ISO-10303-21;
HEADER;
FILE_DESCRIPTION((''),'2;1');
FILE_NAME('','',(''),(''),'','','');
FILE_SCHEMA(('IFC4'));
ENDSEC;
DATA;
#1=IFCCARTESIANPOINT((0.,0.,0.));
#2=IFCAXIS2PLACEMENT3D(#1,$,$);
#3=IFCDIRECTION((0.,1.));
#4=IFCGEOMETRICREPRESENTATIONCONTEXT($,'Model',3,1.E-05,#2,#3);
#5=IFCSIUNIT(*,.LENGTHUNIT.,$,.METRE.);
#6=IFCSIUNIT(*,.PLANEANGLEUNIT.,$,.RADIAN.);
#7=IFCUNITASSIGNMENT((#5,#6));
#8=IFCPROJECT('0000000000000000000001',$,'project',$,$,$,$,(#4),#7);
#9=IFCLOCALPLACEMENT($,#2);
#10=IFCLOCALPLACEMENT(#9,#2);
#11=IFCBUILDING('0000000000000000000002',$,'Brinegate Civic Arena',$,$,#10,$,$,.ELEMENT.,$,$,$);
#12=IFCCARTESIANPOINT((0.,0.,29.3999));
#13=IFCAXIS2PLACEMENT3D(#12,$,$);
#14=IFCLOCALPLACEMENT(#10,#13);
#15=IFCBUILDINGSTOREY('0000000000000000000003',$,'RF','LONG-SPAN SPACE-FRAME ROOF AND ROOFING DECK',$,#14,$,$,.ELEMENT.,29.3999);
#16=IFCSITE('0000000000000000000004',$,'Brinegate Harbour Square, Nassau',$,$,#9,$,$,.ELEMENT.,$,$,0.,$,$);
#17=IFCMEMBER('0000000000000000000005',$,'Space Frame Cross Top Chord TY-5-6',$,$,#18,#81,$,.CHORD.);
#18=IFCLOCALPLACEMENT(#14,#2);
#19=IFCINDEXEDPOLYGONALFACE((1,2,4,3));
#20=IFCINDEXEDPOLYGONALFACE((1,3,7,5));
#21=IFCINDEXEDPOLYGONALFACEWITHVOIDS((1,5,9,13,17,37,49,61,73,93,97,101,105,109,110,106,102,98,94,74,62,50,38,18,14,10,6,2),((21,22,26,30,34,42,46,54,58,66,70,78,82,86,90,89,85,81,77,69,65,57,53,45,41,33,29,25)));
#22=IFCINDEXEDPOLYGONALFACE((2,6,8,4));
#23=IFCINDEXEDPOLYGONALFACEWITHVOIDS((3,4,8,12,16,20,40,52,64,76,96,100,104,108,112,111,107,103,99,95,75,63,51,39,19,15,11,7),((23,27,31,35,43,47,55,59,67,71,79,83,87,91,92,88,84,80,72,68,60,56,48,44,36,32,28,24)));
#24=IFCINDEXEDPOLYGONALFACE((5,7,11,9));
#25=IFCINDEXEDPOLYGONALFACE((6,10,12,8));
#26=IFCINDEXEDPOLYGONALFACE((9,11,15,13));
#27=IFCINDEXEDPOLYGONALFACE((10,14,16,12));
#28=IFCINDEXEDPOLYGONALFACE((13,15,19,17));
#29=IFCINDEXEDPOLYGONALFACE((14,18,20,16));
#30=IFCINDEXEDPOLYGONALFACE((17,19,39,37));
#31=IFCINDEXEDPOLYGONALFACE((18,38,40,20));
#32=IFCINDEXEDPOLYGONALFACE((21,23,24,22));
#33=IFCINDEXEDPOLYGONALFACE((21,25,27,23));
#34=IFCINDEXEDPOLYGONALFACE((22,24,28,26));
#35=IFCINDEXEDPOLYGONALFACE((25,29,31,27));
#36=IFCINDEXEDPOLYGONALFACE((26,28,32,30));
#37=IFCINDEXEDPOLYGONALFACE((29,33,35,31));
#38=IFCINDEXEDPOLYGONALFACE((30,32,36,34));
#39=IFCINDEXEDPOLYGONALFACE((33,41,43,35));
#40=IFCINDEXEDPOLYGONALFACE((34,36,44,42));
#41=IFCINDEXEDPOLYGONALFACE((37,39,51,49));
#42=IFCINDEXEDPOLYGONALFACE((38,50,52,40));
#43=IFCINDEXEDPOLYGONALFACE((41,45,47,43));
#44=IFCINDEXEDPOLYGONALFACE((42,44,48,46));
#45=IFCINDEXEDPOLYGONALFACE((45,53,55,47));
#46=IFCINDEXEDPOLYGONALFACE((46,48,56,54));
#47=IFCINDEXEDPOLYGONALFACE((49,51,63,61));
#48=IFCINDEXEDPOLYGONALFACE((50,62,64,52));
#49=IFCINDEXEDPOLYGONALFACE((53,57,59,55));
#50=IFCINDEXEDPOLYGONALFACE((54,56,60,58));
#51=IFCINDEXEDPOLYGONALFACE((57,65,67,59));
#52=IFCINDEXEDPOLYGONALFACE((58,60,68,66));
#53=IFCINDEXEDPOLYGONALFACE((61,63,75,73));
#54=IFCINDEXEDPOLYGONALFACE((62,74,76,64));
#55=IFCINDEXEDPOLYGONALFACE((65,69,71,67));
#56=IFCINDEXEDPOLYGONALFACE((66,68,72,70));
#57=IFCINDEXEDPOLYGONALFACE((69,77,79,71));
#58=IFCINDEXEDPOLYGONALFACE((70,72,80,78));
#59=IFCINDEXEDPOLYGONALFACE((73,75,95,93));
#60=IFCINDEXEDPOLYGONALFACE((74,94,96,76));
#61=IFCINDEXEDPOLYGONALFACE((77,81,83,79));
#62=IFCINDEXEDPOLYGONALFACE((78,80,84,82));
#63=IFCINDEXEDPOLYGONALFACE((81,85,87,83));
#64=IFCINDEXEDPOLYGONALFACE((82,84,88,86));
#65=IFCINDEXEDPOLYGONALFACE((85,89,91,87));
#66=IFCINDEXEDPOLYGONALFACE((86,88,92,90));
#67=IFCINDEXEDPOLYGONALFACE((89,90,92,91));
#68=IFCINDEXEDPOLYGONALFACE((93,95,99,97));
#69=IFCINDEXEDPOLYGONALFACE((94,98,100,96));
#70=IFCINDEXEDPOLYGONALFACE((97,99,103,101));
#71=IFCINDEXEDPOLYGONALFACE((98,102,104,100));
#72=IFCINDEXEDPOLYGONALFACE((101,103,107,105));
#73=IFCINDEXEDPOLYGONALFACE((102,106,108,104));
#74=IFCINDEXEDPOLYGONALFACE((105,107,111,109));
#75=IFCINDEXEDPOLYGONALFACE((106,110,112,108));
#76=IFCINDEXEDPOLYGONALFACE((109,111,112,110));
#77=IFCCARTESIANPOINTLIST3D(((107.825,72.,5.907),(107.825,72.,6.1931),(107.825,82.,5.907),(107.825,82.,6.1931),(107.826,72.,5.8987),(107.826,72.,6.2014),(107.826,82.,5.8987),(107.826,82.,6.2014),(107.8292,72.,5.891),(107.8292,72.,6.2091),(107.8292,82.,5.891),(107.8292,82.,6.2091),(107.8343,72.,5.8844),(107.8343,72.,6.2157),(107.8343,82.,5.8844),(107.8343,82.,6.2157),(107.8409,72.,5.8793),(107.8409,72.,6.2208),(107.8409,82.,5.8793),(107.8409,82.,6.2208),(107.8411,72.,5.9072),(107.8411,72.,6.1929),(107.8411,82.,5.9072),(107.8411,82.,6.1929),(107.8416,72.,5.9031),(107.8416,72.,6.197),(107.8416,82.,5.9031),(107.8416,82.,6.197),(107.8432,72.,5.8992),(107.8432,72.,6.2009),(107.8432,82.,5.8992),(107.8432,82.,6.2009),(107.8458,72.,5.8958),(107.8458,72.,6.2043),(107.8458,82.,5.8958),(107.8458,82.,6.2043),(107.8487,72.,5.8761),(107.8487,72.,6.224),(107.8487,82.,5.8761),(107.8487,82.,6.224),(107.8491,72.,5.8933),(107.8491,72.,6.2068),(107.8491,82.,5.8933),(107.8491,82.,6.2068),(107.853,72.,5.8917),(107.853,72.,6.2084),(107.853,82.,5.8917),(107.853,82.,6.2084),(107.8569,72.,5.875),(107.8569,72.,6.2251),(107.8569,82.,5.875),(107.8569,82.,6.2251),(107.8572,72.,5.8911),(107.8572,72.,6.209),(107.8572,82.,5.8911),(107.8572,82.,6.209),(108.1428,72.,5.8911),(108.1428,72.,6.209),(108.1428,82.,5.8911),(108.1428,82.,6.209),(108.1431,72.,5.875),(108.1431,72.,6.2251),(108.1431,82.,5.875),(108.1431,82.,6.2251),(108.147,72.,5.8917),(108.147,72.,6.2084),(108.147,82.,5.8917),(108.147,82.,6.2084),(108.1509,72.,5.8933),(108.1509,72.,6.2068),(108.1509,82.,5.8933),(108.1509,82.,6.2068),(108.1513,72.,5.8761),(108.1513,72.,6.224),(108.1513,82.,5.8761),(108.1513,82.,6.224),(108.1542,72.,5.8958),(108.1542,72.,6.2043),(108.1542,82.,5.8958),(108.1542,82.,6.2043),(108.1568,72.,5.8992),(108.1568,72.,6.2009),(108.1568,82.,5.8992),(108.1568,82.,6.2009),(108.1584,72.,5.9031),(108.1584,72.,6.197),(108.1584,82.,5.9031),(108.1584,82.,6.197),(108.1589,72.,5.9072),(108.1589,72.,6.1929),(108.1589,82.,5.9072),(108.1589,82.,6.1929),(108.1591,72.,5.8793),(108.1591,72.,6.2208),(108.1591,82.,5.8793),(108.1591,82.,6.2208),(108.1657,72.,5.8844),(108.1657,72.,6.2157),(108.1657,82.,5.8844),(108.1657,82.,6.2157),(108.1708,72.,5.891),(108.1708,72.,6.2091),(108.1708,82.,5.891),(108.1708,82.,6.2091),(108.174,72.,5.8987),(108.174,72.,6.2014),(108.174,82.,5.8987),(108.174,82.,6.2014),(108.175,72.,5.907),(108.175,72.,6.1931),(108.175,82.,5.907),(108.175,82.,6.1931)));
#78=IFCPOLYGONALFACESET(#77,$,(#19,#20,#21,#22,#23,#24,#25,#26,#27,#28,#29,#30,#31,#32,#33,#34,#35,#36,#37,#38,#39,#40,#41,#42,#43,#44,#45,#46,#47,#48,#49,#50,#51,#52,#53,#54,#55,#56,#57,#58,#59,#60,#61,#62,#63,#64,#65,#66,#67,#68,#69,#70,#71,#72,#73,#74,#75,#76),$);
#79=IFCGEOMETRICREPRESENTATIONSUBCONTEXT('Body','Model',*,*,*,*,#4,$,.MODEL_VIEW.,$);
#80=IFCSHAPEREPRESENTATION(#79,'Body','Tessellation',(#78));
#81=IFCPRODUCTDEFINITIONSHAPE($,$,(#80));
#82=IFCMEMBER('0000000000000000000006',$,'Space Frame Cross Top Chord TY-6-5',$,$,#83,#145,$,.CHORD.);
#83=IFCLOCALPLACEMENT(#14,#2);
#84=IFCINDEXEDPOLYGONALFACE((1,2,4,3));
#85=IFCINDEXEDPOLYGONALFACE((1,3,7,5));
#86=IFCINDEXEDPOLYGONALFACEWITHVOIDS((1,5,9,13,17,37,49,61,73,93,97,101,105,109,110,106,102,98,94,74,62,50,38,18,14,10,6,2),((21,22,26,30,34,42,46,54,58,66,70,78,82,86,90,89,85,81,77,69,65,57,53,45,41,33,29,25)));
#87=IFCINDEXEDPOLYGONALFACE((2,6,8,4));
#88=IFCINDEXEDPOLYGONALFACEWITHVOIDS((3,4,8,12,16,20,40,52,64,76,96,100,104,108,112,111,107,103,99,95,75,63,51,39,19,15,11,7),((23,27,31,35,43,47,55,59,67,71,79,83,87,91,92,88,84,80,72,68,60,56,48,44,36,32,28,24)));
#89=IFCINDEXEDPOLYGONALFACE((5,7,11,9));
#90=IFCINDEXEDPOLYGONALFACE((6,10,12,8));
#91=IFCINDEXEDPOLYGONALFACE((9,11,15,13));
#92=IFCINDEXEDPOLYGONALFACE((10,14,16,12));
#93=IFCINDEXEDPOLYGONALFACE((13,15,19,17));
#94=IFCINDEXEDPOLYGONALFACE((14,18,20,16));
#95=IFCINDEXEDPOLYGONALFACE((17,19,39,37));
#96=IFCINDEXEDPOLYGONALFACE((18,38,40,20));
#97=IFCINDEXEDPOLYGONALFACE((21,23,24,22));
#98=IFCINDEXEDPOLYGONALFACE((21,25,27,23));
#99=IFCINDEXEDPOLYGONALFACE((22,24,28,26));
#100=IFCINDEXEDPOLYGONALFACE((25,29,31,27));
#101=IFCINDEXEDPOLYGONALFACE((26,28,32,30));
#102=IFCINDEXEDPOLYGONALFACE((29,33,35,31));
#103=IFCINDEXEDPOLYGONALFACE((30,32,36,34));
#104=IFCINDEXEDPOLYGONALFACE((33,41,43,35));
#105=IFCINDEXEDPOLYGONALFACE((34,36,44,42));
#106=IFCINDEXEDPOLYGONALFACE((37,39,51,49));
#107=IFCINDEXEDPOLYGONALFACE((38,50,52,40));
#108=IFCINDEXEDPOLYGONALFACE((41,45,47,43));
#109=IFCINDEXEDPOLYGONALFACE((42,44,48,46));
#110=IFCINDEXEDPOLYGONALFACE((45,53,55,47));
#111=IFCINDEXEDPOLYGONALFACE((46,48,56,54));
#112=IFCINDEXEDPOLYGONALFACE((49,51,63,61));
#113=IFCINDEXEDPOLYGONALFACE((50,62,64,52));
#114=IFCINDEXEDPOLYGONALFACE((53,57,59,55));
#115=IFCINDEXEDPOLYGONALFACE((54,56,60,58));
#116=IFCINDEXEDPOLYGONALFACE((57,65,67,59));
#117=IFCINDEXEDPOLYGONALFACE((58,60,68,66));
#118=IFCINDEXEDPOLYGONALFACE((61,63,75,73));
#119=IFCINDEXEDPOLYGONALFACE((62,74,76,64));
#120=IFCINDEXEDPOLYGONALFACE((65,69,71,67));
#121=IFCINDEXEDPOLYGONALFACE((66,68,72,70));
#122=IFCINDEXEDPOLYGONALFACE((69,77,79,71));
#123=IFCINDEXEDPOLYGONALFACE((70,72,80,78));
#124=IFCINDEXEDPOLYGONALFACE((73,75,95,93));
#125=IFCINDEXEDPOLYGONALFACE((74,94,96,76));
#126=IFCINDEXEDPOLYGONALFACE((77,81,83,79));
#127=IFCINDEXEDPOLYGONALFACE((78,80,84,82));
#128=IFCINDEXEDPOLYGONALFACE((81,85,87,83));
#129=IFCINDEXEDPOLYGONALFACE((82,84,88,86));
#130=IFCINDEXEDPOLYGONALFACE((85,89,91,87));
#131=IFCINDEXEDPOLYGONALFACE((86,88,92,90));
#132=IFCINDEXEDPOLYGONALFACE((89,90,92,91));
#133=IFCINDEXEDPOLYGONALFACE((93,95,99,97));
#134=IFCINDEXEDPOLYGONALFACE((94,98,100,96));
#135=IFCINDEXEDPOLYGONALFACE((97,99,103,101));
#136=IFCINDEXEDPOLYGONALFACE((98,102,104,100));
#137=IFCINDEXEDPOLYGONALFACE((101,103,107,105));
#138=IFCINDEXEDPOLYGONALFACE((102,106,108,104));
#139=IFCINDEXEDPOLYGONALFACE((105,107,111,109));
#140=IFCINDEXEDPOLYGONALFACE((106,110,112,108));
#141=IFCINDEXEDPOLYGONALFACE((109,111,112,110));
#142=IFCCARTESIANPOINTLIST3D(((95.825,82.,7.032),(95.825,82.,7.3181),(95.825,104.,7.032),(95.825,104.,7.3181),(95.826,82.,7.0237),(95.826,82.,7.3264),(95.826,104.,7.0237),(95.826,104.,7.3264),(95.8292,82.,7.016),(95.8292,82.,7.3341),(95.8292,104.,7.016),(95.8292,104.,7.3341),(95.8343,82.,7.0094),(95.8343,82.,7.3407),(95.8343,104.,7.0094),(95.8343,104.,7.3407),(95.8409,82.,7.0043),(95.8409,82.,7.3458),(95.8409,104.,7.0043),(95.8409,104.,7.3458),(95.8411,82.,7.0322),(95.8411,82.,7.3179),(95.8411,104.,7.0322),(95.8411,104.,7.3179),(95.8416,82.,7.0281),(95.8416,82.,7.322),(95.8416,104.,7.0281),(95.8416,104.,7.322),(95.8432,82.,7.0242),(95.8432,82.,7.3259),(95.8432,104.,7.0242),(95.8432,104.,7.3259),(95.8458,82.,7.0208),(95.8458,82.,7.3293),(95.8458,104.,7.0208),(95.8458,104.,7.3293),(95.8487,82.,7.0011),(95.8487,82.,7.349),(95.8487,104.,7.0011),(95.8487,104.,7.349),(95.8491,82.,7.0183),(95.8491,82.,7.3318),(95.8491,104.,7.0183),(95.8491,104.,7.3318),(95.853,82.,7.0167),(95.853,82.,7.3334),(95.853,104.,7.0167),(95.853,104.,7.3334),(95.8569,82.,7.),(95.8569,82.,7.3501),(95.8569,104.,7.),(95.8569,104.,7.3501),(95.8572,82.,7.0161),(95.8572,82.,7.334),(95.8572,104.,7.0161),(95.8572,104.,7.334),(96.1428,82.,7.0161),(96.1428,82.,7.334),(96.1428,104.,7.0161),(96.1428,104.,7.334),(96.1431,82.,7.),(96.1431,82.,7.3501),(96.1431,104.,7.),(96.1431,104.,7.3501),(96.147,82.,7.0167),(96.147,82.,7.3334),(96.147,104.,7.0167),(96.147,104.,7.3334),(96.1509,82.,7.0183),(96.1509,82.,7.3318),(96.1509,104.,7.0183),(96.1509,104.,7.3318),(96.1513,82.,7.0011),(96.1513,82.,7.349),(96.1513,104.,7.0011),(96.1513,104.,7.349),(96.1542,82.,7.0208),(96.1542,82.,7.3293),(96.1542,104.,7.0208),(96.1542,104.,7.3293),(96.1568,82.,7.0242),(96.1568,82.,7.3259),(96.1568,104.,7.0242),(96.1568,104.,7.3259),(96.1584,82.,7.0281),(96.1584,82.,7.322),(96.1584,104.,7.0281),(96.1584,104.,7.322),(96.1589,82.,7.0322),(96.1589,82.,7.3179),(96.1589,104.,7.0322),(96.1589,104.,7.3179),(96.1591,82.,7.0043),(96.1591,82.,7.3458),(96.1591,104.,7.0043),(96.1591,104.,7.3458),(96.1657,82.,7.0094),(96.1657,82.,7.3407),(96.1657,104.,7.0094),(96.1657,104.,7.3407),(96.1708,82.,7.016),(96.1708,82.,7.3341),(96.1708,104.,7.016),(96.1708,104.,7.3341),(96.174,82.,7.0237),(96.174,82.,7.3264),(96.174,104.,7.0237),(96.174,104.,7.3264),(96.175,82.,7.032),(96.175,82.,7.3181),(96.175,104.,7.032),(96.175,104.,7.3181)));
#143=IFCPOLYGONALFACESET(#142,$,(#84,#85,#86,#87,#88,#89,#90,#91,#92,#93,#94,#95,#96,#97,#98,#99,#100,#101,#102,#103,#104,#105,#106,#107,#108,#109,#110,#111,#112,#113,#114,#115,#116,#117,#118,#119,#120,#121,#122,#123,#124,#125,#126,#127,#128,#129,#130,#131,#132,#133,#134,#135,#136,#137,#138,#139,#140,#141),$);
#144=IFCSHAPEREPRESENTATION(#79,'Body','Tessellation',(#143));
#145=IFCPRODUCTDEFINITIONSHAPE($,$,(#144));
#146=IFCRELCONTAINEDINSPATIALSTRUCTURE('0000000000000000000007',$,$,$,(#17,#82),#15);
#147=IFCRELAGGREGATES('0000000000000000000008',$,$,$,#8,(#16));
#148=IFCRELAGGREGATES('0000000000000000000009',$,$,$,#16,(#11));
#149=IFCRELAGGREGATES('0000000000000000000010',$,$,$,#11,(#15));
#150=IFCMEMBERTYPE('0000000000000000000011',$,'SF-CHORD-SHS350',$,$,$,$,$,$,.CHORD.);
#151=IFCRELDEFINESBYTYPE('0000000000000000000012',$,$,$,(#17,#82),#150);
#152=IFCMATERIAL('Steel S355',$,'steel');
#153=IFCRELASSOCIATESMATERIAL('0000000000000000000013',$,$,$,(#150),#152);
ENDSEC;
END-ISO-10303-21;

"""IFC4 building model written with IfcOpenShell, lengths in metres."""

from ifc_helpers import new_model, si_unit, direction, frame, origin, origin_2d, place, context, subcontext, project, spatial, hollow_rectangle, extrude, material, material_profile, profile_set, type_object, element, save


model = new_model("IFC4")

# Units and contexts
model_context = context("Model", 3, precision=1e-05, world=origin(), true_north=direction((0.0, 1.0)))
body_context = subcontext(model_context, "Body", "Model", "MODEL_VIEW")
ifc_project = project(units=[si_unit("LENGTHUNIT", "METRE"), si_unit("PLANEANGLEUNIT", "RADIAN")], contexts=[model_context])

# Site, building, storey
site_placement = place(None, origin())
site = spatial("IfcSite", under=ifc_project, at=site_placement, Name="Brinegate Harbour Square, Nassau", CompositionType="ELEMENT", RefElevation=0.0)
building_placement = place(site_placement, origin())
building = spatial("IfcBuilding", under=site, at=building_placement, Name="Brinegate Civic Arena", CompositionType="ELEMENT")
storey_placement = place(building_placement, frame((0.0, 0.0, 29.3999)))
storey = spatial("IfcBuildingStorey", under=building, at=storey_placement, Name="RF", Description="LONG-SPAN SPACE-FRAME ROOF AND ROOFING DECK", CompositionType="ELEMENT", Elevation=29.3999)

# Members
ifc_material = material(Name="Steel S355", Category="steel")
ifc_material_profile_1 = material_profile(ifc_material, hollow_rectangle(XDim=0.3501, YDim=0.3501, WallThickness=0.0161, InnerFilletRadius=0.0161, OuterFilletRadius=0.032, at=origin_2d()), Name="SHS350X16")
ifc_profile_set_1 = profile_set([ifc_material_profile_1], Name="Steel S355")
member_type_1 = type_object("IfcMemberType", Name="SF-CHORD-SHS350", PredefinedType="CHORD", material=ifc_profile_set_1)
member_1_placement = place(storey_placement, frame((108.0, 72.0, 6.05), z_axis=(0.0, 1.0, 0.0), x_axis=(-1.0, 0.0, 0.0)))
element("IfcMember", 1, at=member_1_placement, inside=storey, type_object=member_type_1, Name="Space Frame Cross Top Chord TY-5-6", PredefinedType="CHORD", context=body_context, shape_type="SweptSolid", body=[
    extrude(hollow_rectangle(XDim=0.3501, YDim=0.3501, WallThickness=0.0161, InnerFilletRadius=0.0161, OuterFilletRadius=0.032, at=origin_2d()), origin(), (0.0, 0.0, 1.0), 10.0),
])
for number, where, z_axis, x_axis, name in (
    (2, (96.0, 82.0, 7.175), (0.0, 1.0, 0.0), (-1.0, 0.0, 0.0), "Space Frame Cross Top Chord TY-6-5"),
):
    element("IfcMember", number, at=place(storey_placement, frame(where, z_axis=z_axis, x_axis=x_axis)), inside=storey, type_object=member_type_1, Name=name, PredefinedType="CHORD", context=body_context, shape_type="SweptSolid", body=[
        extrude(hollow_rectangle(XDim=0.3501, YDim=0.3501, WallThickness=0.0161, InnerFilletRadius=0.0161, OuterFilletRadius=0.032, at=origin_2d()), origin(), (0.0, 0.0, 1.0), 22.0),
    ])

save(model, "model.ifc")
